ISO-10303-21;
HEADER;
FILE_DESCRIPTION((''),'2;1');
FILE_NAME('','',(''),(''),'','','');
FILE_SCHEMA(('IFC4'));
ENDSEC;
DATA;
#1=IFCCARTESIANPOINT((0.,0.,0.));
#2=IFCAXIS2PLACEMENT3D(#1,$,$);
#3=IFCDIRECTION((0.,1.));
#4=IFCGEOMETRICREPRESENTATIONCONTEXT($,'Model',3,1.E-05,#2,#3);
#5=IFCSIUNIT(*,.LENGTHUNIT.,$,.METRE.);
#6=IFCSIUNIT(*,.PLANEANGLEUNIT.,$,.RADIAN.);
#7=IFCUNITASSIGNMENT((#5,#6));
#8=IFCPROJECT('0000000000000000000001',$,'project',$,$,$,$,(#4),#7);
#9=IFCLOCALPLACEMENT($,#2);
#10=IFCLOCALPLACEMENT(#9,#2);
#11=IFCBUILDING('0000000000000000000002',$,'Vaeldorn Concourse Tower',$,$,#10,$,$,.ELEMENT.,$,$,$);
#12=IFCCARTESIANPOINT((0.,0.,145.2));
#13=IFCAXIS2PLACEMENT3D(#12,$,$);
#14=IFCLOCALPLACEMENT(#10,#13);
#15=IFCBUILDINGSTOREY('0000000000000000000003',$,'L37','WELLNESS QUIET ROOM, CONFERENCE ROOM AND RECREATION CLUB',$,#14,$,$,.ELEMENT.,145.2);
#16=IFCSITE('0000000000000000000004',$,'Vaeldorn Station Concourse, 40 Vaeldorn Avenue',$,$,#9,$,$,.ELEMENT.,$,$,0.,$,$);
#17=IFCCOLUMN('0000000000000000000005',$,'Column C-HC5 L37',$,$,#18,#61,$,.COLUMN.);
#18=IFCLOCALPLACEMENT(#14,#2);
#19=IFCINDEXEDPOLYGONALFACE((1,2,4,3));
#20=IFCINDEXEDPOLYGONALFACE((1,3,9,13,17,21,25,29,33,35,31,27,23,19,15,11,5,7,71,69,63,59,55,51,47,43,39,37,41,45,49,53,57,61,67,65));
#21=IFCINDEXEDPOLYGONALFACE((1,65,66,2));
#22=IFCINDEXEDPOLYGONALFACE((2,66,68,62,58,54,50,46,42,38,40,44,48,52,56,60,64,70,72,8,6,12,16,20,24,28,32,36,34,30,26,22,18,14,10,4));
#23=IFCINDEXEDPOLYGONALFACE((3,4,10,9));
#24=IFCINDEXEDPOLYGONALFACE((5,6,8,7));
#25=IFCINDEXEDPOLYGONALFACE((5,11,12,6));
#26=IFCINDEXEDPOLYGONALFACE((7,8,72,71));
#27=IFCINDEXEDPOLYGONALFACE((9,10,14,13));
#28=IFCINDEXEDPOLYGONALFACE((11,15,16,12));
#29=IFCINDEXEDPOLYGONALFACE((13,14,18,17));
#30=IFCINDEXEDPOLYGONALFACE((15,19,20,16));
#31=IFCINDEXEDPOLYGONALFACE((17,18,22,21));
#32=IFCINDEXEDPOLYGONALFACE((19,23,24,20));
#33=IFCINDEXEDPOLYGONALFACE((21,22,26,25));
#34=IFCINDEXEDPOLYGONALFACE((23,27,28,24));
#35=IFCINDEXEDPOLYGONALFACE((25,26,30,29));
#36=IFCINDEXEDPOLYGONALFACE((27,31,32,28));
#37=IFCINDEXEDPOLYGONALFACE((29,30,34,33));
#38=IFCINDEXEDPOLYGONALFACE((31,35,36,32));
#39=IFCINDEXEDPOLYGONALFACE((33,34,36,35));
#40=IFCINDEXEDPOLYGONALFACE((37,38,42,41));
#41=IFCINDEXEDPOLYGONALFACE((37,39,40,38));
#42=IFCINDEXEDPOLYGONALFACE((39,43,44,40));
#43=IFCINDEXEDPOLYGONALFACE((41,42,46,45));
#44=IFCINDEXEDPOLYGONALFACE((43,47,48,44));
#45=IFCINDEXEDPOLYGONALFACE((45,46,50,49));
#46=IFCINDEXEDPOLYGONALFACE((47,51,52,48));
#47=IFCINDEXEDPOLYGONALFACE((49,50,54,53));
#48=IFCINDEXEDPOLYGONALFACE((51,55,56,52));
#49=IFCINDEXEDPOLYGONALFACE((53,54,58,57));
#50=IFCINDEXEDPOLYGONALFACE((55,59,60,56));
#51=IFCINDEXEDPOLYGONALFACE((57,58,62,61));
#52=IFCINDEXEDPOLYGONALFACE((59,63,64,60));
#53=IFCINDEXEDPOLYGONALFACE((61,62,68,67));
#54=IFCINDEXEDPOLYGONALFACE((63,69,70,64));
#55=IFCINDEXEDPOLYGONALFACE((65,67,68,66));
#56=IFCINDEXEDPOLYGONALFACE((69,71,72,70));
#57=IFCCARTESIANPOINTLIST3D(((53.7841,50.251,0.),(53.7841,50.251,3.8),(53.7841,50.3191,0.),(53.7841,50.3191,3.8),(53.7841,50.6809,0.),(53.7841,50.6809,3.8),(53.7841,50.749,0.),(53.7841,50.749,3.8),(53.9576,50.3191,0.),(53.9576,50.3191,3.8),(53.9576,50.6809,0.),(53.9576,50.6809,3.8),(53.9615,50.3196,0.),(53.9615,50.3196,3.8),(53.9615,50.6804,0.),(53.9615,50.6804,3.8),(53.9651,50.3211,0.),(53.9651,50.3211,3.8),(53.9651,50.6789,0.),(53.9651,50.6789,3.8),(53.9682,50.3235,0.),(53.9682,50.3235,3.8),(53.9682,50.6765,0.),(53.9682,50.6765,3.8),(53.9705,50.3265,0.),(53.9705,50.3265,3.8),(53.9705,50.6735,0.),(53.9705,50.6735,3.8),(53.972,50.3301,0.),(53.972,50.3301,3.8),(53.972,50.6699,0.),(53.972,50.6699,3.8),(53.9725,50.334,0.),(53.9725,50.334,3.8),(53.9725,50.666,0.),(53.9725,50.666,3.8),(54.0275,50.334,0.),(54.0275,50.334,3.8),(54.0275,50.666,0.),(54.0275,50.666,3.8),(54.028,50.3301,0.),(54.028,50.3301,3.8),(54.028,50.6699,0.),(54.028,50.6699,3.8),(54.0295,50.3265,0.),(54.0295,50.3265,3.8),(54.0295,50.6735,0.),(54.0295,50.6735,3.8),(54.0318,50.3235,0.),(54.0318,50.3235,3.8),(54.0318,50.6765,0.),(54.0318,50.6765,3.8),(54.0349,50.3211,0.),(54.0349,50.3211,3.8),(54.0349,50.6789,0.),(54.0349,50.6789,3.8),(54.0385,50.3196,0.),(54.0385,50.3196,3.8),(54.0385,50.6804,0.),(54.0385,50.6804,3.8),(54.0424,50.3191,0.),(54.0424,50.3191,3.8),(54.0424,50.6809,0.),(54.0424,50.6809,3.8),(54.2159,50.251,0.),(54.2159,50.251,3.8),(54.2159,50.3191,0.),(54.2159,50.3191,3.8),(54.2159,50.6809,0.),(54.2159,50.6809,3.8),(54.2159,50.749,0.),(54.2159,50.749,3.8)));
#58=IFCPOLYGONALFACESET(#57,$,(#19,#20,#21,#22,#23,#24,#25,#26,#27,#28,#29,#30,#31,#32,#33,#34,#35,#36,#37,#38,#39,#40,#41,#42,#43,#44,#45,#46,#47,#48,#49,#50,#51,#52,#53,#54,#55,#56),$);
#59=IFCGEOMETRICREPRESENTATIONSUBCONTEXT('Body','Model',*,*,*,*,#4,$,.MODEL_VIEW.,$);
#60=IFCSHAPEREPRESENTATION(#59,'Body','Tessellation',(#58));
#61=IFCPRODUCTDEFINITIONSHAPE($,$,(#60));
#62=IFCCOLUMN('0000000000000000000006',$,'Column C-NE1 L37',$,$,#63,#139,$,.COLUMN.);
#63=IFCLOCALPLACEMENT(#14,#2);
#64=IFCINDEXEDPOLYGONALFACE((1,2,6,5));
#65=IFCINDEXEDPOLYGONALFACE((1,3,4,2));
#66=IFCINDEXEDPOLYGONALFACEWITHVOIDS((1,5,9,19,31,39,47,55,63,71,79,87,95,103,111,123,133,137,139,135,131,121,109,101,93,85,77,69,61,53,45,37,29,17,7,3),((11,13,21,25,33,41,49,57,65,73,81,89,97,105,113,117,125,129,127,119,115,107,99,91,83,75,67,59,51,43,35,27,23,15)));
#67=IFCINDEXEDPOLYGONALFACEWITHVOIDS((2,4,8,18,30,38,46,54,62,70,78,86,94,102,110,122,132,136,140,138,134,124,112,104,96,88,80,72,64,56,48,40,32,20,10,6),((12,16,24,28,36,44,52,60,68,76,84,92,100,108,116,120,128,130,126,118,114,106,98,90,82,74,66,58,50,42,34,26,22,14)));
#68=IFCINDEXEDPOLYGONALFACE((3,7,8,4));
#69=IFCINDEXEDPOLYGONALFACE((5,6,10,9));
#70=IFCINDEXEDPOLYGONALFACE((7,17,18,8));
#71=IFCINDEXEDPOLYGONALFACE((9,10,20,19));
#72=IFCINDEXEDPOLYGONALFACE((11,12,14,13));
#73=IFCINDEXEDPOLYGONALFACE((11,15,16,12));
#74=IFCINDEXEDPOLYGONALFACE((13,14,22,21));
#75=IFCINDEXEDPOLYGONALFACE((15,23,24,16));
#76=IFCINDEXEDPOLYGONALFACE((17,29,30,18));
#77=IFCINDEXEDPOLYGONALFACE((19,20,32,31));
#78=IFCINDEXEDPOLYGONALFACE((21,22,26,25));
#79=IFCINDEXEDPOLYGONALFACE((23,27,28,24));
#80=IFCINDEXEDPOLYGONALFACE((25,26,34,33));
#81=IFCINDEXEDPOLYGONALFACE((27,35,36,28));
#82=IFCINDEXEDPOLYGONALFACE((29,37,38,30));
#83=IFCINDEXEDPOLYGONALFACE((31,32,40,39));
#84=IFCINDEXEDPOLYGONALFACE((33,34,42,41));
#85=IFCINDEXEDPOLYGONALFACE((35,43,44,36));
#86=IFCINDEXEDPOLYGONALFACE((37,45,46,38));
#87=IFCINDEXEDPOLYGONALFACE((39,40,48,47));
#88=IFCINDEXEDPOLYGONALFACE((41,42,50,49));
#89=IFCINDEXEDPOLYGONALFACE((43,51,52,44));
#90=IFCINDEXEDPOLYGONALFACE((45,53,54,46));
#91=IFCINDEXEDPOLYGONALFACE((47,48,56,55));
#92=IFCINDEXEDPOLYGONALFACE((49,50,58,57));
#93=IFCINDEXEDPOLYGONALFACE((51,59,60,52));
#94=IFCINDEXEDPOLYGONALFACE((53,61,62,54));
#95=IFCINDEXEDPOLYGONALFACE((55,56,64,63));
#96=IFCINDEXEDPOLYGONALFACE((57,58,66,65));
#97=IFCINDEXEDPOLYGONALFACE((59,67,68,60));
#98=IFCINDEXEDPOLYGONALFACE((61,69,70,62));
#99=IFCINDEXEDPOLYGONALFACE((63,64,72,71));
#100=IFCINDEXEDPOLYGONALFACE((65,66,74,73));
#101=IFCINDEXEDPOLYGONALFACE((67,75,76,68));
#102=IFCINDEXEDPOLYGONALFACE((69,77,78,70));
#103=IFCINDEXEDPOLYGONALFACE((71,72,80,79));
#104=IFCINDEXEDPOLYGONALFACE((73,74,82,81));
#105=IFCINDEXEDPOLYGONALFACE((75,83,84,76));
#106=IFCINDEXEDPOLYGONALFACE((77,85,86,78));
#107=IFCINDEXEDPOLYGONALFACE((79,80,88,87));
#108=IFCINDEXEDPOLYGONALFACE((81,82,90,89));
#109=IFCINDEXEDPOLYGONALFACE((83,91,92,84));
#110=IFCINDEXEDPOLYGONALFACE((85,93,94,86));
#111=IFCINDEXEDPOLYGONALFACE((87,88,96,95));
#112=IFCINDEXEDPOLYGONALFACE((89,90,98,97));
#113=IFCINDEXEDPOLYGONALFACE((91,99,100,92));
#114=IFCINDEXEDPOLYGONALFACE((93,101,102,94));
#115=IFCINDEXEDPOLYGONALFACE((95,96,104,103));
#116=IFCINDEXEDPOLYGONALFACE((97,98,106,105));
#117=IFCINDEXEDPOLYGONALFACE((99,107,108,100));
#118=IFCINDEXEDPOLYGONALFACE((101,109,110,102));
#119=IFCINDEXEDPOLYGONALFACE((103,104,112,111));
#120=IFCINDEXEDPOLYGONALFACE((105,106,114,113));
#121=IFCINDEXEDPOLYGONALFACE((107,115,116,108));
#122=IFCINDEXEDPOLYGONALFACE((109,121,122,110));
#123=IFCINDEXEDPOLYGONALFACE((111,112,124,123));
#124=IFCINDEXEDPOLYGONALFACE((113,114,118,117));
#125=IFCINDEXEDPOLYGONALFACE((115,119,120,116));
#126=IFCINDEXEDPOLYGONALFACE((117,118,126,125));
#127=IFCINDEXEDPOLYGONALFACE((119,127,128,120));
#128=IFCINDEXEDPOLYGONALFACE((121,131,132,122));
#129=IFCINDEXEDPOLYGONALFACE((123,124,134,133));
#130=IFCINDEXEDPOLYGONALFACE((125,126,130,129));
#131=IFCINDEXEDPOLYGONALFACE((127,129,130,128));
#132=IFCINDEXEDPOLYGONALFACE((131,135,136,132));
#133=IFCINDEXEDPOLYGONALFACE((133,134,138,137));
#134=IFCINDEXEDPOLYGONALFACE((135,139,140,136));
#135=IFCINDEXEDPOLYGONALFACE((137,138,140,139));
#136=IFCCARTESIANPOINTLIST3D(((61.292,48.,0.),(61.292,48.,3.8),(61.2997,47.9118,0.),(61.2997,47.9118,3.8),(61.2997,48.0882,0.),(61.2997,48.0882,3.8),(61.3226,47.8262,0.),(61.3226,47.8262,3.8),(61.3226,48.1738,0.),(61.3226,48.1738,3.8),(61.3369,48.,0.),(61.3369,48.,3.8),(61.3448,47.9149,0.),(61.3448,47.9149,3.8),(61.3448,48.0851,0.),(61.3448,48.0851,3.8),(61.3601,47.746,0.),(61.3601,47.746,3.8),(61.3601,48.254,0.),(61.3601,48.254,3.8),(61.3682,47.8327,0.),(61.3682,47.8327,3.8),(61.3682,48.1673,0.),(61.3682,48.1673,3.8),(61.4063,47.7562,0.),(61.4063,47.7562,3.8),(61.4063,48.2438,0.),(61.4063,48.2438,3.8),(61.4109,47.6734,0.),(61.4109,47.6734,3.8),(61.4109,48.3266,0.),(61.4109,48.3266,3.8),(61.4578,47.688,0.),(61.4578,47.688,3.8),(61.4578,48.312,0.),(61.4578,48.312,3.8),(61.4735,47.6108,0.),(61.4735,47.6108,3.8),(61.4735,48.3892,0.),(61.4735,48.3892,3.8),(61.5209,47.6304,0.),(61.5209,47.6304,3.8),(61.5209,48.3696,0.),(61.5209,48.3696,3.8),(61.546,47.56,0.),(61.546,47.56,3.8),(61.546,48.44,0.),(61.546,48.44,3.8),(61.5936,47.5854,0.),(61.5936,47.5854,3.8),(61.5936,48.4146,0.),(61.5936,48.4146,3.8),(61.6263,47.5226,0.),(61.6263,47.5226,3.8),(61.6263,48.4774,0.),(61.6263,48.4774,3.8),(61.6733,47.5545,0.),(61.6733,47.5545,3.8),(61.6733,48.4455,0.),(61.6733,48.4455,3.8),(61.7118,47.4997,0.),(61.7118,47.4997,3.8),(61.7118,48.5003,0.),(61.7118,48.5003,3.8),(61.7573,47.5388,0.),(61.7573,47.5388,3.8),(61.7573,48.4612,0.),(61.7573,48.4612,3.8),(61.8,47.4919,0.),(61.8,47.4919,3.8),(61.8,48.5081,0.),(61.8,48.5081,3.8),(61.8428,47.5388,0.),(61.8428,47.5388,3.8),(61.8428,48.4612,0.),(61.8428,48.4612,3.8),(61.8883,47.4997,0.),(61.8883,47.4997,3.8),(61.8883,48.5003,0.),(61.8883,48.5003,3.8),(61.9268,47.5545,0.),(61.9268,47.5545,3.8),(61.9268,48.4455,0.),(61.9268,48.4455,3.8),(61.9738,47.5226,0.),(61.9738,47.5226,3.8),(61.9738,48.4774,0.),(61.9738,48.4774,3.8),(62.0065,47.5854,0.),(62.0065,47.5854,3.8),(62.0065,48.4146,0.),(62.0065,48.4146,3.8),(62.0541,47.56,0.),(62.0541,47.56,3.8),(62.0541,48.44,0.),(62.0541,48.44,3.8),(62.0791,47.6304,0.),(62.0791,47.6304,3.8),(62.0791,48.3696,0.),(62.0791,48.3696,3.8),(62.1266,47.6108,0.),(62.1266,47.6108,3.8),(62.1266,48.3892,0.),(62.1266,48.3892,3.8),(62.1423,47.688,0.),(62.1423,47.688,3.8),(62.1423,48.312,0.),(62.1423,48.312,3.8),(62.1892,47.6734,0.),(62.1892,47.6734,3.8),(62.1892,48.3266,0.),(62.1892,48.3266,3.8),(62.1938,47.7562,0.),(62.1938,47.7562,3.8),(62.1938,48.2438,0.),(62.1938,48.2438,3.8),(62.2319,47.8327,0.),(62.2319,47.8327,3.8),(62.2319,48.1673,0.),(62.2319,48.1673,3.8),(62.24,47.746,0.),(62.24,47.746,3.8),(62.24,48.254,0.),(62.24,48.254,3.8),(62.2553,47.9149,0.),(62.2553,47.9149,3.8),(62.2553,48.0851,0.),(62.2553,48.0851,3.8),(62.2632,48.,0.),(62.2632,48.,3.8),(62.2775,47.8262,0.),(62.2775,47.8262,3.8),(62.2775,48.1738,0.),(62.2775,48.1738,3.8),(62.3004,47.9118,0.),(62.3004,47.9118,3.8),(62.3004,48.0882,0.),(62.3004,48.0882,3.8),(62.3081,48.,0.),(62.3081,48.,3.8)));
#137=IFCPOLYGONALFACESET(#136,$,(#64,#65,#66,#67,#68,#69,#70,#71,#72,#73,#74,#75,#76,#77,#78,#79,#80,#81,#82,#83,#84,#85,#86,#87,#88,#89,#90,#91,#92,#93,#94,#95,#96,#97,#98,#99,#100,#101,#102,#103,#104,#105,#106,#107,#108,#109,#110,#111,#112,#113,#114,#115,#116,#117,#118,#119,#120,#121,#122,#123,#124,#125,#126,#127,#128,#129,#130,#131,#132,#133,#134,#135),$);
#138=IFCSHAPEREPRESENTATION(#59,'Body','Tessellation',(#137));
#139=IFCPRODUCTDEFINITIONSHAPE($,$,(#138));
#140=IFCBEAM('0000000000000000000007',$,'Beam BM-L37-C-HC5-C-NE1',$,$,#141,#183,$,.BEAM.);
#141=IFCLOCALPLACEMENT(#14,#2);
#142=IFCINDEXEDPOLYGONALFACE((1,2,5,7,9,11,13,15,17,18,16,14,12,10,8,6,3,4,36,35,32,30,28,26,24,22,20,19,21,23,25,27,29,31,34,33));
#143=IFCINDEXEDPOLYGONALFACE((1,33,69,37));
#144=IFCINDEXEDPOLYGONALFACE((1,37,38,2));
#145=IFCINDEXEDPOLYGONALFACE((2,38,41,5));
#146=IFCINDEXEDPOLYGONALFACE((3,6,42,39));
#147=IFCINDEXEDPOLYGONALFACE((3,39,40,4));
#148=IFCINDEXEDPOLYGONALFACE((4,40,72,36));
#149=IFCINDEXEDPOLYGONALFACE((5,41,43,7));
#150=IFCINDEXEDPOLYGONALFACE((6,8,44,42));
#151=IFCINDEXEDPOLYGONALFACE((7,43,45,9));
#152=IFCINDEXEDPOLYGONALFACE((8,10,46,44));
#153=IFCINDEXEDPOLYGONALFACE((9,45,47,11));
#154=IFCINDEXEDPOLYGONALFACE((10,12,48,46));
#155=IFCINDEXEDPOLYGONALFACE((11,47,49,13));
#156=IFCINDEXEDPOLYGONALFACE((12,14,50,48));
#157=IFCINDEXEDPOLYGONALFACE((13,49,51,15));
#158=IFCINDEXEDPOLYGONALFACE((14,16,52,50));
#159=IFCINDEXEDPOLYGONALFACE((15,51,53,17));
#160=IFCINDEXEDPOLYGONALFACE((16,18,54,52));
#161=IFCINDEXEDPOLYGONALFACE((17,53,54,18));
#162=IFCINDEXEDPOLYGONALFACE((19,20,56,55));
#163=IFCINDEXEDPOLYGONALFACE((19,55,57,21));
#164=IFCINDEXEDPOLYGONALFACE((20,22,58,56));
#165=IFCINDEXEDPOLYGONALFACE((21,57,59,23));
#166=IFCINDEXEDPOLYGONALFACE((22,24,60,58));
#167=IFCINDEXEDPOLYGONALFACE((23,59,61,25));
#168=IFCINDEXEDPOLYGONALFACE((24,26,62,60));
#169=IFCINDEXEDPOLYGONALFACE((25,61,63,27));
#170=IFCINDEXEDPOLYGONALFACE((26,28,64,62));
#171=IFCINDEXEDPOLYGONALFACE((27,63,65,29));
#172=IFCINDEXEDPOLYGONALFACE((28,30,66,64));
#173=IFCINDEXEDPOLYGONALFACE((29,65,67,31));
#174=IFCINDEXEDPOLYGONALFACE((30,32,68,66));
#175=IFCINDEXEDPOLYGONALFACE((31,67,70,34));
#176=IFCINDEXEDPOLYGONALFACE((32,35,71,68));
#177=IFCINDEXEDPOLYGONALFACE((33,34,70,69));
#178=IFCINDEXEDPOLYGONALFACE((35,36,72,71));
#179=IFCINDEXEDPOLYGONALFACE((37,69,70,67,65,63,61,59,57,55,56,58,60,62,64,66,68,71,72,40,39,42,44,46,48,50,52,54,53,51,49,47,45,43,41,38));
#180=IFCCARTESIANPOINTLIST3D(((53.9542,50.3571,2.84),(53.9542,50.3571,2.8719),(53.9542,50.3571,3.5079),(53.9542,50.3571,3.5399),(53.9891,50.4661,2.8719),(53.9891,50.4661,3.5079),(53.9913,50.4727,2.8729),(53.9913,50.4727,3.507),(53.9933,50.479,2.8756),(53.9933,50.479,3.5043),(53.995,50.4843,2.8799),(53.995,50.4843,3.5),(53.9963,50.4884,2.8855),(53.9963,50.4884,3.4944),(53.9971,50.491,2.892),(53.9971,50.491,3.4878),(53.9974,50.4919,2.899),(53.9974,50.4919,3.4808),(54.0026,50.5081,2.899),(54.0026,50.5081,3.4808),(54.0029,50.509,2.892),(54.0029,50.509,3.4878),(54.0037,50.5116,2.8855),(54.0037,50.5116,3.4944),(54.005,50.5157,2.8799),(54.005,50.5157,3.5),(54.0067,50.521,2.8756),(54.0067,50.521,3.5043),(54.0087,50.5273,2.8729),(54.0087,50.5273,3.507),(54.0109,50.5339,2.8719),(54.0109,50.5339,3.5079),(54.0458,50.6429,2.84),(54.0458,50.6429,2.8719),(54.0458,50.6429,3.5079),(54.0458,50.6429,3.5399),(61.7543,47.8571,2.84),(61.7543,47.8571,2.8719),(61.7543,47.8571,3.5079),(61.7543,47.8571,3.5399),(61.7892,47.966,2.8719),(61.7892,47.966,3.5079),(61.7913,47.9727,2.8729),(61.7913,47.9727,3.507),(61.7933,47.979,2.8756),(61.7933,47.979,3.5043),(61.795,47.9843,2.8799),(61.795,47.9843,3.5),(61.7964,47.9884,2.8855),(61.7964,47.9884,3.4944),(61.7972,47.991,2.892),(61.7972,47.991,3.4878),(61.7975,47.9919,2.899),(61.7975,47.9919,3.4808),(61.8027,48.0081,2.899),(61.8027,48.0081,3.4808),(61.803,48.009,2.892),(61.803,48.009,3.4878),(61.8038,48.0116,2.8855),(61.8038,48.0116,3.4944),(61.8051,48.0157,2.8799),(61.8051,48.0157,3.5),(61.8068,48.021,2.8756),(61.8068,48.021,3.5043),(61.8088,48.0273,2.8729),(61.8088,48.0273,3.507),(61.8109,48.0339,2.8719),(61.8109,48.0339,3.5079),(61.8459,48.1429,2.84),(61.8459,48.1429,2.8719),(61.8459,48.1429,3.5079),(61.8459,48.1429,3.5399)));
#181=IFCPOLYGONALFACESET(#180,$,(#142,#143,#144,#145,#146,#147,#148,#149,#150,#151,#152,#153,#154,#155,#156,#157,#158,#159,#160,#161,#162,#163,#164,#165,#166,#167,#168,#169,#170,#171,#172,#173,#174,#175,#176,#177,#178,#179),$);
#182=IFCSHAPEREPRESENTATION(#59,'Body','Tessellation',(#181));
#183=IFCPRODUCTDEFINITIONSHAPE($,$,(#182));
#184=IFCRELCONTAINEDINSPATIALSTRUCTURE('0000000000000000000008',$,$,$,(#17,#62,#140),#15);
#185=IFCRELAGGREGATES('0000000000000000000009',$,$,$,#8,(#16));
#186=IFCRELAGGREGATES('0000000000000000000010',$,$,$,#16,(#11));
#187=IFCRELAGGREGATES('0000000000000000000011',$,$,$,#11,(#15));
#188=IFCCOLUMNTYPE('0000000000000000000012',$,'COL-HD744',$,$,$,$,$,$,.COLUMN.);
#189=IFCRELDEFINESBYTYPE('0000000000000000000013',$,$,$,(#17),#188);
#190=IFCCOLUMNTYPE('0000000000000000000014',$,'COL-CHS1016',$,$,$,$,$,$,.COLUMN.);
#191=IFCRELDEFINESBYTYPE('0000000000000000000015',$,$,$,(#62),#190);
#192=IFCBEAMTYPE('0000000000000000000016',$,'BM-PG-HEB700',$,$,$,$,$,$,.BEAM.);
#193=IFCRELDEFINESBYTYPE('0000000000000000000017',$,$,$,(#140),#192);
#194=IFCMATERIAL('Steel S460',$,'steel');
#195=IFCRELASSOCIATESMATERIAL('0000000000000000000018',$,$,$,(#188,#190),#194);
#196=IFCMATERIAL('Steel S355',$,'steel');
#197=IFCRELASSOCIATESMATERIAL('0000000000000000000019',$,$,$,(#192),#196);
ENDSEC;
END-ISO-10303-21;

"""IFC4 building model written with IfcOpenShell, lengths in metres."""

from ifc_helpers import new_model, si_unit, direction, frame, origin, origin_2d, place, context, subcontext, project, spatial, hollow_circle, i_section, extrude, source, transform, mapped, material, material_profile, profile_set, type_object, element, save


model = new_model("IFC4")

# Units and contexts
model_context = context("Model", 3, precision=1e-05, world=origin(), true_north=direction((0.0, 1.0)))
body_context = subcontext(model_context, "Body", "Model", "MODEL_VIEW")
ifc_project = project(units=[si_unit("LENGTHUNIT", "METRE"), si_unit("PLANEANGLEUNIT", "RADIAN")], contexts=[model_context])

# Site, building, storey
site_placement = place(None, origin())
site = spatial("IfcSite", under=ifc_project, at=site_placement, Name="Vaeldorn Station Concourse, 40 Vaeldorn Avenue", CompositionType="ELEMENT", RefElevation=0.0)
building_placement = place(site_placement, origin())
building = spatial("IfcBuilding", under=site, at=building_placement, Name="Vaeldorn Concourse Tower", CompositionType="ELEMENT")
storey_placement = place(building_placement, frame((0.0, 0.0, 145.2)))
storey = spatial("IfcBuildingStorey", under=building, at=storey_placement, Name="L37", Description="WELLNESS QUIET ROOM, CONFERENCE ROOM AND RECREATION CLUB", CompositionType="ELEMENT", Elevation=145.2)

# Columns
ifc_material_1 = material(Name="Steel S460", Category="steel")
ifc_material_profile_1 = material_profile(ifc_material_1, i_section(OverallWidth=0.4319, OverallDepth=0.498, WebThickness=0.0549, FlangeThickness=0.0681, FilletRadius=0.0149, at=origin_2d()), Name="HD 400x744")
ifc_profile_set_1 = profile_set([ifc_material_profile_1], Name="Steel S460")
column_type_1 = type_object("IfcColumnType", Name="COL-HD744", PredefinedType="COLUMN", material=ifc_profile_set_1)
shared_shape_1 = source(origin(), body_context, "Body", "SweptSolid", [
    extrude(i_section(OverallWidth=0.4319, OverallDepth=0.498, WebThickness=0.0549, FlangeThickness=0.0681, FilletRadius=0.0149, at=origin_2d()), origin(), (0.0, 0.0, 1.0), 3.8),
])
column_1_placement = place(storey_placement, frame((54.0, 50.5, 0.0), z_axis=(0.0, 0.0, 1.0), x_axis=(1.0, 0.0, 0.0)))
element("IfcColumn", 1, at=column_1_placement, inside=storey, type_object=column_type_1, Name="Column C-HC5 L37", PredefinedType="COLUMN", context=body_context, shape_type="MappedRepresentation", body=[
    mapped(shared_shape_1, transform((0.0, 0.0, 0.0), scale=1.0)),
])
ifc_material_profile_2 = material_profile(ifc_material_1, hollow_circle(Radius=0.5081, WallThickness=0.0449, at=origin_2d()), Name="CHS 1016x45")
ifc_profile_set_2 = profile_set([ifc_material_profile_2], Name="Steel S460")
column_type_2 = type_object("IfcColumnType", Name="COL-CHS1016", PredefinedType="COLUMN", material=ifc_profile_set_2)
shared_shape_2 = source(origin(), body_context, "Body", "SweptSolid", [
    extrude(hollow_circle(Radius=0.5081, WallThickness=0.0449, at=origin_2d()), origin(), (0.0, 0.0, 1.0), 3.8),
])
column_2_placement = place(storey_placement, frame((61.8, 48.0, 0.0), z_axis=(0.0, 0.0, 1.0), x_axis=(1.0, 0.0, 0.0)))
element("IfcColumn", 2, at=column_2_placement, inside=storey, type_object=column_type_2, Name="Column C-NE1 L37", PredefinedType="COLUMN", context=body_context, shape_type="MappedRepresentation", body=[
    mapped(shared_shape_2, transform((0.0, 0.0, 0.0), scale=1.0)),
])

# Beam
ifc_material_2 = material(Name="Steel S355", Category="steel")
ifc_material_profile_3 = material_profile(ifc_material_2, i_section(OverallWidth=0.3, OverallDepth=0.7, WebThickness=0.0171, FlangeThickness=0.032, FilletRadius=0.0271, at=origin_2d()), Name="HEB 700")
ifc_profile_set_3 = profile_set([ifc_material_profile_3], Name="Steel S355")
beam_type_1 = type_object("IfcBeamType", Name="BM-PG-HEB700", PredefinedType="BEAM", material=ifc_profile_set_3)
shared_shape_3 = source(origin(), body_context, "Body", "SweptSolid", [
    extrude(i_section(OverallWidth=0.3, OverallDepth=0.7, WebThickness=0.0171, FlangeThickness=0.032, FilletRadius=0.0271, at=origin_2d()), origin(), (0.0, 0.0, 1.0), 8.1909),
])
beam_1_placement = place(storey_placement, frame((54.0, 50.5, 3.1899), z_axis=(0.952283, -0.305217, 0.0), x_axis=(0.305217, 0.952283, 0.0)))
element("IfcBeam", 3, at=beam_1_placement, inside=storey, type_object=beam_type_1, Name="Beam BM-L37-C-HC5-C-NE1", PredefinedType="BEAM", context=body_context, shape_type="MappedRepresentation", body=[
    mapped(shared_shape_3, transform((0.0, 0.0, 0.0), scale=1.0)),
])

save(model, "model.ifc")
